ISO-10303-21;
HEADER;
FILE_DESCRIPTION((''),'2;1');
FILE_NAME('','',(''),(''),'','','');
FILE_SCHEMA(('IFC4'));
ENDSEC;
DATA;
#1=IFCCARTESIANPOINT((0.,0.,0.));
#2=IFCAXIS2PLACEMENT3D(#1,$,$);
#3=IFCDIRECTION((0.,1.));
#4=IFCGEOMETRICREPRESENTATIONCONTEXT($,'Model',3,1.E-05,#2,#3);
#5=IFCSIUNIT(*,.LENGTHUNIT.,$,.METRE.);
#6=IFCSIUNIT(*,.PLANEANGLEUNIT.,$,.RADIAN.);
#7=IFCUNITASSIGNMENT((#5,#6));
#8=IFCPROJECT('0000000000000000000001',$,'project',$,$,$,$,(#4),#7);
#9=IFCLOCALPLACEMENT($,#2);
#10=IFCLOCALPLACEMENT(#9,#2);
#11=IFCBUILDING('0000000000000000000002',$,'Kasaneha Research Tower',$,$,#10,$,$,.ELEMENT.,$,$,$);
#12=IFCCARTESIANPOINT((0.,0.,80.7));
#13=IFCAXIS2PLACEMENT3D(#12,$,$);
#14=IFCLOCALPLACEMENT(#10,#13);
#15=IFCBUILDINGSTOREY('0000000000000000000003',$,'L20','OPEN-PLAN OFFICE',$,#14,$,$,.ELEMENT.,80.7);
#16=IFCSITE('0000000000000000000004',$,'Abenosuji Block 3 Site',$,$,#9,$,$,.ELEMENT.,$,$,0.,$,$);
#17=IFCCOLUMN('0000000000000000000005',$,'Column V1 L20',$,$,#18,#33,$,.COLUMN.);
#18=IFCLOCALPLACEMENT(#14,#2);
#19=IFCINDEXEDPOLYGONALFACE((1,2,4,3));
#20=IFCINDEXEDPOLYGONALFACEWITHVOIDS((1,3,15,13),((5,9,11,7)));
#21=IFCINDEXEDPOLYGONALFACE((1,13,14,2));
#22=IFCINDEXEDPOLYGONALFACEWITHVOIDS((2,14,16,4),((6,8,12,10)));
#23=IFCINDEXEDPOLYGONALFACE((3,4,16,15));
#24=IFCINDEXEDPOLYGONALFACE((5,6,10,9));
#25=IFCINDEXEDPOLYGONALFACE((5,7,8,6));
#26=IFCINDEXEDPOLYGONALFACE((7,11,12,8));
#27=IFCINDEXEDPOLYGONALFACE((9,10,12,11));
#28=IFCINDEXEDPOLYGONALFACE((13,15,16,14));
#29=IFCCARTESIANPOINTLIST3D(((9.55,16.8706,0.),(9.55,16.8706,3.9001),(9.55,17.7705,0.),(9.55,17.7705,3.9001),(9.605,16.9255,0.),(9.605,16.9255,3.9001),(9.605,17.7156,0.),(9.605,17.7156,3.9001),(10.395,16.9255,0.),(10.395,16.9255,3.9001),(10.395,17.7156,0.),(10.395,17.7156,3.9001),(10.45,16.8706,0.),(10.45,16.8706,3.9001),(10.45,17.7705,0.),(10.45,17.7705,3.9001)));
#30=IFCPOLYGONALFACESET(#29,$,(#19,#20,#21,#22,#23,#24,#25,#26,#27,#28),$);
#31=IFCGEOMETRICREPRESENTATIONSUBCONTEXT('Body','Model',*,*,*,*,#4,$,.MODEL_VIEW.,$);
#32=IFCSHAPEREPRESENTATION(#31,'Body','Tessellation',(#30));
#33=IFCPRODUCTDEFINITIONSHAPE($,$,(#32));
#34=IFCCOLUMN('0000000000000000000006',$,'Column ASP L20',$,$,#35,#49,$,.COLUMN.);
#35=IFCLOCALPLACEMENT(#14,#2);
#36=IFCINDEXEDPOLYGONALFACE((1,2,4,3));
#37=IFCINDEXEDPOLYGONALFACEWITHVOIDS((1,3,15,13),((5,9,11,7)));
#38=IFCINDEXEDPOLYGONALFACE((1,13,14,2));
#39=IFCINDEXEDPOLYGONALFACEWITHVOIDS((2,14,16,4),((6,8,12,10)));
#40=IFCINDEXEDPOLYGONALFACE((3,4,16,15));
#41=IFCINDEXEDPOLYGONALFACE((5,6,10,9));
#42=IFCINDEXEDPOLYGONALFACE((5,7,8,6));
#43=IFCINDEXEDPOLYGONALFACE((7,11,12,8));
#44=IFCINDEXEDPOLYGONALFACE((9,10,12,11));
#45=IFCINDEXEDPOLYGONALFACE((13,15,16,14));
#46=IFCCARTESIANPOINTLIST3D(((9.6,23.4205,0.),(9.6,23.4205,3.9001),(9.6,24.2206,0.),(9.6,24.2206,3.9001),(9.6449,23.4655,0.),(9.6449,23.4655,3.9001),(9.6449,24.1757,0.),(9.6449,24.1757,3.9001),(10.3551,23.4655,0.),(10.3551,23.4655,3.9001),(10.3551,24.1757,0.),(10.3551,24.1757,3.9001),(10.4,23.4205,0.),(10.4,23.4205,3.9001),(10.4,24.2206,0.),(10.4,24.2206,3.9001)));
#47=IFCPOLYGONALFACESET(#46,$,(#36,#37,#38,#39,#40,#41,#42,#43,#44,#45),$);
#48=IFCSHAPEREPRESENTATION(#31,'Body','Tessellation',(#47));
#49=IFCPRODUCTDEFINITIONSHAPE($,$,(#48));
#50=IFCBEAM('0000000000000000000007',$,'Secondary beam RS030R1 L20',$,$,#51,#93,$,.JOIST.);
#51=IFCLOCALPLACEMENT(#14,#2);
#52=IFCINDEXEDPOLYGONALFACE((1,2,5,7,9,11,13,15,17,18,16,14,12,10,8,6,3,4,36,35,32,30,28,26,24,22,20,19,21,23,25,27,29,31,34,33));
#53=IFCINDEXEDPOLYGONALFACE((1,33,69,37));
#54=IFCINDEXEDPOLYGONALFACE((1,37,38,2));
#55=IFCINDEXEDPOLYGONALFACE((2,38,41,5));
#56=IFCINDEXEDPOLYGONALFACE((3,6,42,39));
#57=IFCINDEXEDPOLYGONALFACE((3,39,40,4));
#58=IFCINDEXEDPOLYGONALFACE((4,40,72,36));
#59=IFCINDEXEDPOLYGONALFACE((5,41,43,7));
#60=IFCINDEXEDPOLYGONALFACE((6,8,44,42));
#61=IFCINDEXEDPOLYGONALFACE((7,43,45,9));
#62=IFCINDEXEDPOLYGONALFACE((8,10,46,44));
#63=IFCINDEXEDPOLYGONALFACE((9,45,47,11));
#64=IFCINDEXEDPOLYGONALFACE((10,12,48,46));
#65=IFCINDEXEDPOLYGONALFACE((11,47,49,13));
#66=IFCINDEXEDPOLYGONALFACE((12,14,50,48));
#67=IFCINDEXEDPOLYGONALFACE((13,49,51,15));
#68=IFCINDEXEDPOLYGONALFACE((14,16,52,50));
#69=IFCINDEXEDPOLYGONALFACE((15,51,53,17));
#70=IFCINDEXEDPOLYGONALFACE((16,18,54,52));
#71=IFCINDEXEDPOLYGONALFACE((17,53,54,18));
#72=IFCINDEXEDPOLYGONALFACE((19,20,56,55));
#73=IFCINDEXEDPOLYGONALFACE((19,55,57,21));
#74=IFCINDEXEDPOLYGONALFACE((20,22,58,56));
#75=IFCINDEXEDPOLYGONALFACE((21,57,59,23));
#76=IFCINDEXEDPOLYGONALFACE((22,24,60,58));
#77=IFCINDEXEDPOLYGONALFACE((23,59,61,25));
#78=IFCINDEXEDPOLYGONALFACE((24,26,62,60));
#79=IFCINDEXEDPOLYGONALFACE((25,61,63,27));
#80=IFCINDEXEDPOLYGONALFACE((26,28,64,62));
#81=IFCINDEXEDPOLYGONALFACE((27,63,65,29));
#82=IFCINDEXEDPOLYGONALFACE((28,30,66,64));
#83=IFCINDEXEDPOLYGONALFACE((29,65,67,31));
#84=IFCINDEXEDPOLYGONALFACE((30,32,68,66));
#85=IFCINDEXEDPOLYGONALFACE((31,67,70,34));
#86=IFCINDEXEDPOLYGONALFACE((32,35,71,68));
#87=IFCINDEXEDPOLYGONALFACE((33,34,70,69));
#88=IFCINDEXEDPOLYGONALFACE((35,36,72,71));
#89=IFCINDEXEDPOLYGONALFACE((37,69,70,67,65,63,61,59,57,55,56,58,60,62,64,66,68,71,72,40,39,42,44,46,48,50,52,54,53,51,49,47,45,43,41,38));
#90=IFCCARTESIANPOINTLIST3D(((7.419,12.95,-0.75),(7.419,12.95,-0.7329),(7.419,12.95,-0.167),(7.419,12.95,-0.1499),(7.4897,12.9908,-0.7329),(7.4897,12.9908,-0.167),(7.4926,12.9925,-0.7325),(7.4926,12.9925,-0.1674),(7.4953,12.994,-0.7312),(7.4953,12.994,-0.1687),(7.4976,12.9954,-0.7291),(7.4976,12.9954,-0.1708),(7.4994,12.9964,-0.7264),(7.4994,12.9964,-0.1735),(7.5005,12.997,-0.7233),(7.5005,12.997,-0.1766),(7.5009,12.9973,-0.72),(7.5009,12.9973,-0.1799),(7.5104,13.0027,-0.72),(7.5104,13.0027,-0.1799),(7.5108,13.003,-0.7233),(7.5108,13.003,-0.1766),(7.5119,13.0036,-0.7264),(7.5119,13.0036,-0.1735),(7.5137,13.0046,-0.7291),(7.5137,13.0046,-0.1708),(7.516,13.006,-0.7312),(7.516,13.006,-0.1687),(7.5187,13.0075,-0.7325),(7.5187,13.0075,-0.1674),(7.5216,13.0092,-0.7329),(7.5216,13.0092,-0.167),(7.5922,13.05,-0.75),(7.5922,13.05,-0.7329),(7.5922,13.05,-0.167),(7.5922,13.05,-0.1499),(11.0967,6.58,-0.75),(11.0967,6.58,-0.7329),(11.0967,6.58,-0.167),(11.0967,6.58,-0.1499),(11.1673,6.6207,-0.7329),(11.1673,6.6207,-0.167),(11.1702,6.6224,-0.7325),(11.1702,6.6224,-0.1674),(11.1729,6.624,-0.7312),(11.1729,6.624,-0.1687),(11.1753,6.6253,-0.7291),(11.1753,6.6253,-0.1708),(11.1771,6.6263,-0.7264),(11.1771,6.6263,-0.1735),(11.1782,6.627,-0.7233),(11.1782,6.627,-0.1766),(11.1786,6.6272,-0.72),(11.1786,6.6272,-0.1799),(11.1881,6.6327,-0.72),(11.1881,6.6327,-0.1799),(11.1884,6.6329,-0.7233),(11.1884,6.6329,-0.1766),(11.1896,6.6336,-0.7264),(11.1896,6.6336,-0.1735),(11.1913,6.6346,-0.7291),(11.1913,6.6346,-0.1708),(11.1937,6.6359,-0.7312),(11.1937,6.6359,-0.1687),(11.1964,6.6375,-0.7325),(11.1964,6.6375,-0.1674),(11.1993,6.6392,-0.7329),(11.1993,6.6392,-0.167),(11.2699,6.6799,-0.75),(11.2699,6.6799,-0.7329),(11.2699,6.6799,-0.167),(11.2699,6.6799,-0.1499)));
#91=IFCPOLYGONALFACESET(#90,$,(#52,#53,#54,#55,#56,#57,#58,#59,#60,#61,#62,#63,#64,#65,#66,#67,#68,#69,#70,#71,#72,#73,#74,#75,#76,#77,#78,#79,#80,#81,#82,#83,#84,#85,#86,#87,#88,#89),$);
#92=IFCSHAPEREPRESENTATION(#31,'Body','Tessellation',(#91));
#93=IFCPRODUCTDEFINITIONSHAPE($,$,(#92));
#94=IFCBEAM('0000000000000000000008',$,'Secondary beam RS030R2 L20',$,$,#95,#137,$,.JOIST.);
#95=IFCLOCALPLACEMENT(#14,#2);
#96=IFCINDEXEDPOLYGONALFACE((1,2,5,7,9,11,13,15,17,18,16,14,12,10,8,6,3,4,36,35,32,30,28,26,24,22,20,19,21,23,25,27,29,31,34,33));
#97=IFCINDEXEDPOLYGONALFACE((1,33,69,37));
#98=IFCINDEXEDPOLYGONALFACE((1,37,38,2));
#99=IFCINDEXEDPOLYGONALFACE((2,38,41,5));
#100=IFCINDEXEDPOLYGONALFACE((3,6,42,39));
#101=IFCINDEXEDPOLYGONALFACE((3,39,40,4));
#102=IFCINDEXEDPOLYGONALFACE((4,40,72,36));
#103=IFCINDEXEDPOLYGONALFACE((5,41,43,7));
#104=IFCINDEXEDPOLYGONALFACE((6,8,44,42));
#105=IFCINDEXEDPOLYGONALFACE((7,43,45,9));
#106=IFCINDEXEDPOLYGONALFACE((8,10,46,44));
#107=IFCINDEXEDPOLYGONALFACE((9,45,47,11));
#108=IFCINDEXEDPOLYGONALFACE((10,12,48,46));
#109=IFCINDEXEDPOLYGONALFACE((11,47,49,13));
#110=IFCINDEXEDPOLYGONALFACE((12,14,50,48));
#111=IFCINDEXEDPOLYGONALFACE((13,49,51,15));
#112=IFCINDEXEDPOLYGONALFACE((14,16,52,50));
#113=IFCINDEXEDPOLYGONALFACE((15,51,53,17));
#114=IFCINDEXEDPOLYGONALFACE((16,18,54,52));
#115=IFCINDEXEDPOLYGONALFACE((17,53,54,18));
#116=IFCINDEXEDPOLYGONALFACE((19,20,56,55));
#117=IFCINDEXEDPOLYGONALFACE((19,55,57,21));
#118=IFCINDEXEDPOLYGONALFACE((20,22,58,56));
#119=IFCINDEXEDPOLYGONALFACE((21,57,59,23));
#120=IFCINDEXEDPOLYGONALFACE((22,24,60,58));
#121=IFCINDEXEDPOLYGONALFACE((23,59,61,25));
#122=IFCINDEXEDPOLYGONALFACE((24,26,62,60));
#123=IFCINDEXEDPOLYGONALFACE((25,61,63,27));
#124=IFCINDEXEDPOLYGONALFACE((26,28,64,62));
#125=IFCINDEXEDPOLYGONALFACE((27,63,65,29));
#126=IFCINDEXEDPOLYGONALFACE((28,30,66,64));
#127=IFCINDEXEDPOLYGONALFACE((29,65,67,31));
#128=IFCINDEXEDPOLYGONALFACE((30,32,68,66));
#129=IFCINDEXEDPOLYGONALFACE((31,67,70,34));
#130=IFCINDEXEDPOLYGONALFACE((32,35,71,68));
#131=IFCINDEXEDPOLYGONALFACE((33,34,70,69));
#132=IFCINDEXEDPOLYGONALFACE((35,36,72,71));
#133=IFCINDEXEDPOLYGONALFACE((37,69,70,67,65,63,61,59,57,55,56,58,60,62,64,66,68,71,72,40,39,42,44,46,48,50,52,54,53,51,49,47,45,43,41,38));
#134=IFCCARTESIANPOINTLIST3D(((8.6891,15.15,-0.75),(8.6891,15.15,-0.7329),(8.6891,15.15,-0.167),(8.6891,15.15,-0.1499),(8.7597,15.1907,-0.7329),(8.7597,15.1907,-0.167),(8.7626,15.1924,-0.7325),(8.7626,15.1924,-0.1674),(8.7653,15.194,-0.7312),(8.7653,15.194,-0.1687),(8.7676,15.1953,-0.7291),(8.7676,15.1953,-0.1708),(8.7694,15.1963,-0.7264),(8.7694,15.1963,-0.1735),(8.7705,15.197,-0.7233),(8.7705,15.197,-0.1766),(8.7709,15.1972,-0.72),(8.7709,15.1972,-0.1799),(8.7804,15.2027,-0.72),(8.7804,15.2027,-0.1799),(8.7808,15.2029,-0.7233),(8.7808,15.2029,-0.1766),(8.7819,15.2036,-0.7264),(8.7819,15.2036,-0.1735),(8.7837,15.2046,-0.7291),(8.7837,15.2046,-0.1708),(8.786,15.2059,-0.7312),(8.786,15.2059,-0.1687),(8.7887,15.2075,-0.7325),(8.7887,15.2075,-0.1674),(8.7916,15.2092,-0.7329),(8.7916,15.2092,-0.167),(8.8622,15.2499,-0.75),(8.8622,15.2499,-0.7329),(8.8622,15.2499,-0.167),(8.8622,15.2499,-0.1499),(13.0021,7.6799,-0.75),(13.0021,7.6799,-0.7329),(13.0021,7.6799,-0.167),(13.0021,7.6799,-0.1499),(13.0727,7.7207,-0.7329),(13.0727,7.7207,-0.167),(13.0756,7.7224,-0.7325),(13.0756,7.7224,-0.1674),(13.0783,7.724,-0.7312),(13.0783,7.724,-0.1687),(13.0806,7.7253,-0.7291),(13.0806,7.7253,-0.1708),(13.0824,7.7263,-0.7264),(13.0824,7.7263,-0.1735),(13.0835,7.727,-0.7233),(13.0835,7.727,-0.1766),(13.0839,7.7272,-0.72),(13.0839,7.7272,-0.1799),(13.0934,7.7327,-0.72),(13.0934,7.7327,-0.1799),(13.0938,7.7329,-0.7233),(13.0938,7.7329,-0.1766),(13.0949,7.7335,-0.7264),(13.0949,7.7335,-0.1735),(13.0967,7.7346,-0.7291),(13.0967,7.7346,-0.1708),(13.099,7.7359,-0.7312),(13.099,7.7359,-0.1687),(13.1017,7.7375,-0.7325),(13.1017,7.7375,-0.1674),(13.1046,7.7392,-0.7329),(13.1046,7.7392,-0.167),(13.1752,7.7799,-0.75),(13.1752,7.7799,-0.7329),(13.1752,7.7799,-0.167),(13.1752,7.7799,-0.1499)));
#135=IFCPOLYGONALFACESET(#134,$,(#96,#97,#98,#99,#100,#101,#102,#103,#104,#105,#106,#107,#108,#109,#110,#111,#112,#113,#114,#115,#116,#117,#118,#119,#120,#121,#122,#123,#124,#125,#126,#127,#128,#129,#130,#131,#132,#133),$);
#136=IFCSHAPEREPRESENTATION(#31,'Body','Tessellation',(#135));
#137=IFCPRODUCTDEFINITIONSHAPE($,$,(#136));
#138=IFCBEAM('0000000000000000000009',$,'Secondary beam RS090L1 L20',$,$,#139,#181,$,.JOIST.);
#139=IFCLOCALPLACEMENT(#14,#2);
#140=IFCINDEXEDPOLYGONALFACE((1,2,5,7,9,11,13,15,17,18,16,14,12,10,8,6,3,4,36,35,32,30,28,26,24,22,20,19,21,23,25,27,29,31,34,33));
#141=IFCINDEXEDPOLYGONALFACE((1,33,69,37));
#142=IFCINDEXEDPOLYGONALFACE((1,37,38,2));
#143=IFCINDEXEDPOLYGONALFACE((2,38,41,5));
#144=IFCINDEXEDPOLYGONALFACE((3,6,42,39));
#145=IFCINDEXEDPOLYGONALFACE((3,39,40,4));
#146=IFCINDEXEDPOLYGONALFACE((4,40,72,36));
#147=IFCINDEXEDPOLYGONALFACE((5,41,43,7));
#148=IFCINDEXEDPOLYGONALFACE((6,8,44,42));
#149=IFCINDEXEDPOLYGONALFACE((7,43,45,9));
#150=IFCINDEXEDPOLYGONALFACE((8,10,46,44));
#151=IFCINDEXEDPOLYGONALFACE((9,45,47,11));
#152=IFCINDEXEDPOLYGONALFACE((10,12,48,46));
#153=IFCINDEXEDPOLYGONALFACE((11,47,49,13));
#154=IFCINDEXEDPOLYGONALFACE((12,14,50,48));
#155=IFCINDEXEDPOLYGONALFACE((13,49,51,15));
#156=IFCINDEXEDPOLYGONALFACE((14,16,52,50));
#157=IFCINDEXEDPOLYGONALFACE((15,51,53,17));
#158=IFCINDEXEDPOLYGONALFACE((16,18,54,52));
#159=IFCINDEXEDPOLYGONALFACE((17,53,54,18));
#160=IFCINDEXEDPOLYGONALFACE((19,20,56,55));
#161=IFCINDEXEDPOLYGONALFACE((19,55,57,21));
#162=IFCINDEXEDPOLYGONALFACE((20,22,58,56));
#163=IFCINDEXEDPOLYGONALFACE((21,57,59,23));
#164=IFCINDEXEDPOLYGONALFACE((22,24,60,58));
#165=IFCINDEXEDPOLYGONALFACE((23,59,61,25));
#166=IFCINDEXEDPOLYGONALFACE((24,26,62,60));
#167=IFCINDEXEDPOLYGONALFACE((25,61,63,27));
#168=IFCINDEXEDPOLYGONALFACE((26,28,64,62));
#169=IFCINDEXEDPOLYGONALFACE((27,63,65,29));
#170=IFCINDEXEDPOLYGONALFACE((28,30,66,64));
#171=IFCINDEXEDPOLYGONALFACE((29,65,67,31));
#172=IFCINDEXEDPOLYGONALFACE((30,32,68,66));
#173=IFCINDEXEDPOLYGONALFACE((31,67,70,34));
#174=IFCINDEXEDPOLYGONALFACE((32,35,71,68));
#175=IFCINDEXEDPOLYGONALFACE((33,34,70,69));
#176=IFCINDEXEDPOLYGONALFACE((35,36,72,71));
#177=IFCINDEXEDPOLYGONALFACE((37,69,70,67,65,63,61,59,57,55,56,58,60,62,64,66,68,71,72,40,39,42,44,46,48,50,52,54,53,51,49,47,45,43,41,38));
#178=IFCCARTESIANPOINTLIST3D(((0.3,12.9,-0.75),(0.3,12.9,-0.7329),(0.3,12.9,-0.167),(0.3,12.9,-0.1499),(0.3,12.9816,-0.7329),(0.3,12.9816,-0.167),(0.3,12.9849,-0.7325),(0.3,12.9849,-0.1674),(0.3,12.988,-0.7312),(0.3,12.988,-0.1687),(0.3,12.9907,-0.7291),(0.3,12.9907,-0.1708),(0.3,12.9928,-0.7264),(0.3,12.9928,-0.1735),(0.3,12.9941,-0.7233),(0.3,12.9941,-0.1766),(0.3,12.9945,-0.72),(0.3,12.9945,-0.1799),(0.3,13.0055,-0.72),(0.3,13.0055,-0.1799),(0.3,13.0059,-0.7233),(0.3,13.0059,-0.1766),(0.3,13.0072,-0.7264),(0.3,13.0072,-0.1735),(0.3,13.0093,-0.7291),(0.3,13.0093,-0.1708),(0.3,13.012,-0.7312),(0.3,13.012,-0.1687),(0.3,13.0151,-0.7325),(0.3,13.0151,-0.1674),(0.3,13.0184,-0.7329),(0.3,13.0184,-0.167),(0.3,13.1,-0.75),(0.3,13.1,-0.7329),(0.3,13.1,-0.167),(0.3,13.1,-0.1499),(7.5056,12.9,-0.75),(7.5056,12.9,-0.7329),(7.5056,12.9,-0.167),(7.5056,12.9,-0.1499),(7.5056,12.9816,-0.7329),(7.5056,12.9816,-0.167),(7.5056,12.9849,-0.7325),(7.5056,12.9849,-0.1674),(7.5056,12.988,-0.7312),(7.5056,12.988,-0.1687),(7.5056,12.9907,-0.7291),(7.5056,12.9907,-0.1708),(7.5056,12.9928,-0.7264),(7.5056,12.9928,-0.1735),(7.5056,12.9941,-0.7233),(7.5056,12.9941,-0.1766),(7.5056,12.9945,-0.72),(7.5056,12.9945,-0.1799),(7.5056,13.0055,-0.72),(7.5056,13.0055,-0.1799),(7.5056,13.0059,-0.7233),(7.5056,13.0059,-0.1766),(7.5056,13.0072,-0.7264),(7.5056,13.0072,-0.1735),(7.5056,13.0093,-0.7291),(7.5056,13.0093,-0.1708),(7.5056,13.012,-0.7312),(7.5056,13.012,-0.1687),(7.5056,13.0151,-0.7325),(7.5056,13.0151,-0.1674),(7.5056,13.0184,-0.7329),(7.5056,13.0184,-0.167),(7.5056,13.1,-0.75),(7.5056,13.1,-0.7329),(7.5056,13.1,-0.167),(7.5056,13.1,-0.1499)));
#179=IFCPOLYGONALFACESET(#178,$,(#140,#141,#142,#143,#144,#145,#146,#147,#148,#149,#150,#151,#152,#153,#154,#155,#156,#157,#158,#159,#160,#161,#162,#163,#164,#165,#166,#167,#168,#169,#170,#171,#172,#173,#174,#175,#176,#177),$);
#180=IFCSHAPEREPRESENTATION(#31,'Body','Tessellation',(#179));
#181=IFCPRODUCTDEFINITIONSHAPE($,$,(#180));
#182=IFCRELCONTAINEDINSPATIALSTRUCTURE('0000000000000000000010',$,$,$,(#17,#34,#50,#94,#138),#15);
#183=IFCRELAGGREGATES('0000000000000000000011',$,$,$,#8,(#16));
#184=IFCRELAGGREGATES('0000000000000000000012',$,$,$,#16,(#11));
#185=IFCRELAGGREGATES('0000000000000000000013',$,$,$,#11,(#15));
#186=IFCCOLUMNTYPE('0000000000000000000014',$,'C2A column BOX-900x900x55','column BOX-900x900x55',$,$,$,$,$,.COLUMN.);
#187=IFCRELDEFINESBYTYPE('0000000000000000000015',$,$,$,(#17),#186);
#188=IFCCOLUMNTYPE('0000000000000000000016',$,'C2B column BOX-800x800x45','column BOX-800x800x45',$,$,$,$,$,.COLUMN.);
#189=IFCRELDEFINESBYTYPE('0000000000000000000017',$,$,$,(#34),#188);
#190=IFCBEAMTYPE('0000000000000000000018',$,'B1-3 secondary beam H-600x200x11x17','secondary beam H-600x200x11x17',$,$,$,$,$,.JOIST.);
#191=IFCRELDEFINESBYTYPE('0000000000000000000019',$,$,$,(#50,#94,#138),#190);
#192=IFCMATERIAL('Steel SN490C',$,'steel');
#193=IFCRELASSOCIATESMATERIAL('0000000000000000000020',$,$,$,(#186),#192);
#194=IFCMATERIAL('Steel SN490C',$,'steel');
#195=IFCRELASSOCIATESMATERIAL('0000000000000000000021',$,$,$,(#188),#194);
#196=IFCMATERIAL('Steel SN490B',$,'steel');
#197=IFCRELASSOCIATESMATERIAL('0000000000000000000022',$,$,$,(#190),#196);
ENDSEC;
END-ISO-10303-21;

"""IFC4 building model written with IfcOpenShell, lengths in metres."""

from ifc_helpers import new_model, si_unit, direction, frame, origin, origin_2d, place, context, subcontext, project, spatial, hollow_rectangle, i_section, extrude, material, material_profile, profile_set, type_object, element, save


model = new_model("IFC4")

# Units and contexts
model_context = context("Model", 3, precision=1e-05, world=origin(), true_north=direction((0.0, 1.0)))
body_context = subcontext(model_context, "Body", "Model", "MODEL_VIEW")
ifc_project = project(units=[si_unit("LENGTHUNIT", "METRE"), si_unit("PLANEANGLEUNIT", "RADIAN")], contexts=[model_context])

# Site, building, storey
site_placement = place(None, origin())
site = spatial("IfcSite", under=ifc_project, at=site_placement, Name="Abenosuji Block 3 Site", CompositionType="ELEMENT", RefElevation=0.0)
building_placement = place(site_placement, origin())
building = spatial("IfcBuilding", under=site, at=building_placement, Name="Kasaneha Research Tower", CompositionType="ELEMENT")
storey_placement = place(building_placement, frame((0.0, 0.0, 80.7)))
storey = spatial("IfcBuildingStorey", under=building, at=storey_placement, Name="L20", Description="OPEN-PLAN OFFICE", CompositionType="ELEMENT", Elevation=80.7)

# Columns
ifc_material_1 = material(Name="Steel SN490C", Category="steel")
ifc_material_profile_1 = material_profile(ifc_material_1, hollow_rectangle(XDim=0.8999, YDim=0.8999, WallThickness=0.0549, at=origin_2d()), Name="BOX-900x900x55")
ifc_profile_set_1 = profile_set([ifc_material_profile_1], Name="Steel SN490C")
column_type_1 = type_object("IfcColumnType", Name="C2A column BOX-900x900x55", Description="column BOX-900x900x55", PredefinedType="COLUMN", material=ifc_profile_set_1)
column_1_placement = place(storey_placement, frame((10.0, 17.3206, 0.0), z_axis=(0.0, 0.0, 1.0), x_axis=(1.0, 0.0, 0.0)))
element("IfcColumn", 1, at=column_1_placement, inside=storey, type_object=column_type_1, Name="Column V1 L20", PredefinedType="COLUMN", context=body_context, shape_type="SweptSolid", body=[
    extrude(hollow_rectangle(XDim=0.8999, YDim=0.8999, WallThickness=0.0549, at=origin_2d()), origin(), (0.0, 0.0, 1.0), 3.9001),
])
ifc_material_2 = material(Name="Steel SN490C", Category="steel")
ifc_material_profile_2 = material_profile(ifc_material_2, hollow_rectangle(XDim=0.8, YDim=0.8, WallThickness=0.0449, at=origin_2d()), Name="BOX-800x800x45")
ifc_profile_set_2 = profile_set([ifc_material_profile_2], Name="Steel SN490C")
column_type_2 = type_object("IfcColumnType", Name="C2B column BOX-800x800x45", Description="column BOX-800x800x45", PredefinedType="COLUMN", material=ifc_profile_set_2)
column_2_placement = place(storey_placement, frame((10.0, 23.8206, 0.0), z_axis=(0.0, 0.0, 1.0), x_axis=(1.0, 0.0, 0.0)))
element("IfcColumn", 2, at=column_2_placement, inside=storey, type_object=column_type_2, Name="Column ASP L20", PredefinedType="COLUMN", context=body_context, shape_type="SweptSolid", body=[
    extrude(hollow_rectangle(XDim=0.8, YDim=0.8, WallThickness=0.0449, at=origin_2d()), origin(), (0.0, 0.0, 1.0), 3.9001),
])

# Beams
ifc_material_3 = material(Name="Steel SN490B", Category="steel")
ifc_material_profile_3 = material_profile(ifc_material_3, i_section(OverallWidth=0.2, OverallDepth=0.6001, WebThickness=0.011, FlangeThickness=0.0171, FilletRadius=0.0129, at=origin_2d()), Name="H-600x200x11x17")
ifc_profile_set_3 = profile_set([ifc_material_profile_3], Name="Steel SN490B")
beam_type_1 = type_object("IfcBeamType", Name="B1-3 secondary beam H-600x200x11x17", Description="secondary beam H-600x200x11x17", PredefinedType="JOIST", material=ifc_profile_set_3)
beam_1_placement = place(storey_placement, frame((7.5056, 13.0, -0.45), z_axis=(0.499994, -0.866029, 0.0), x_axis=(0.866029, 0.499994, 0.0)))
element("IfcBeam", 3, at=beam_1_placement, inside=storey, type_object=beam_type_1, Name="Secondary beam RS030R1 L20", PredefinedType="JOIST", context=body_context, shape_type="SweptSolid", body=[
    extrude(i_section(OverallWidth=0.2, OverallDepth=0.6001, WebThickness=0.011, FlangeThickness=0.0171, FilletRadius=0.0129, at=origin_2d()), origin(), (0.0, 0.0, 1.0), 7.3555),
])
beam_2_placement = place(storey_placement, frame((8.7756, 15.2, -0.45), z_axis=(0.500017, -0.866015, 0.0), x_axis=(0.866015, 0.500017, 0.0)))
element("IfcBeam", 4, at=beam_2_placement, inside=storey, type_object=beam_type_1, Name="Secondary beam RS030R2 L20", PredefinedType="JOIST", context=body_context, shape_type="SweptSolid", body=[
    extrude(i_section(OverallWidth=0.2, OverallDepth=0.6001, WebThickness=0.011, FlangeThickness=0.0171, FilletRadius=0.0129, at=origin_2d()), origin(), (0.0, 0.0, 1.0), 8.6257),
])
beam_3_placement = place(storey_placement, frame((7.5056, 13.0, -0.45), z_axis=(-1.0, 0.0, 0.0), x_axis=(0.0, -1.0, 0.0)))
element("IfcBeam", 5, at=beam_3_placement, inside=storey, type_object=beam_type_1, Name="Secondary beam RS090L1 L20", PredefinedType="JOIST", context=body_context, shape_type="SweptSolid", body=[
    extrude(i_section(OverallWidth=0.2, OverallDepth=0.6001, WebThickness=0.011, FlangeThickness=0.0171, FilletRadius=0.0129, at=origin_2d()), origin(), (0.0, 0.0, 1.0), 7.2056),
])

save(model, "model.ifc")
